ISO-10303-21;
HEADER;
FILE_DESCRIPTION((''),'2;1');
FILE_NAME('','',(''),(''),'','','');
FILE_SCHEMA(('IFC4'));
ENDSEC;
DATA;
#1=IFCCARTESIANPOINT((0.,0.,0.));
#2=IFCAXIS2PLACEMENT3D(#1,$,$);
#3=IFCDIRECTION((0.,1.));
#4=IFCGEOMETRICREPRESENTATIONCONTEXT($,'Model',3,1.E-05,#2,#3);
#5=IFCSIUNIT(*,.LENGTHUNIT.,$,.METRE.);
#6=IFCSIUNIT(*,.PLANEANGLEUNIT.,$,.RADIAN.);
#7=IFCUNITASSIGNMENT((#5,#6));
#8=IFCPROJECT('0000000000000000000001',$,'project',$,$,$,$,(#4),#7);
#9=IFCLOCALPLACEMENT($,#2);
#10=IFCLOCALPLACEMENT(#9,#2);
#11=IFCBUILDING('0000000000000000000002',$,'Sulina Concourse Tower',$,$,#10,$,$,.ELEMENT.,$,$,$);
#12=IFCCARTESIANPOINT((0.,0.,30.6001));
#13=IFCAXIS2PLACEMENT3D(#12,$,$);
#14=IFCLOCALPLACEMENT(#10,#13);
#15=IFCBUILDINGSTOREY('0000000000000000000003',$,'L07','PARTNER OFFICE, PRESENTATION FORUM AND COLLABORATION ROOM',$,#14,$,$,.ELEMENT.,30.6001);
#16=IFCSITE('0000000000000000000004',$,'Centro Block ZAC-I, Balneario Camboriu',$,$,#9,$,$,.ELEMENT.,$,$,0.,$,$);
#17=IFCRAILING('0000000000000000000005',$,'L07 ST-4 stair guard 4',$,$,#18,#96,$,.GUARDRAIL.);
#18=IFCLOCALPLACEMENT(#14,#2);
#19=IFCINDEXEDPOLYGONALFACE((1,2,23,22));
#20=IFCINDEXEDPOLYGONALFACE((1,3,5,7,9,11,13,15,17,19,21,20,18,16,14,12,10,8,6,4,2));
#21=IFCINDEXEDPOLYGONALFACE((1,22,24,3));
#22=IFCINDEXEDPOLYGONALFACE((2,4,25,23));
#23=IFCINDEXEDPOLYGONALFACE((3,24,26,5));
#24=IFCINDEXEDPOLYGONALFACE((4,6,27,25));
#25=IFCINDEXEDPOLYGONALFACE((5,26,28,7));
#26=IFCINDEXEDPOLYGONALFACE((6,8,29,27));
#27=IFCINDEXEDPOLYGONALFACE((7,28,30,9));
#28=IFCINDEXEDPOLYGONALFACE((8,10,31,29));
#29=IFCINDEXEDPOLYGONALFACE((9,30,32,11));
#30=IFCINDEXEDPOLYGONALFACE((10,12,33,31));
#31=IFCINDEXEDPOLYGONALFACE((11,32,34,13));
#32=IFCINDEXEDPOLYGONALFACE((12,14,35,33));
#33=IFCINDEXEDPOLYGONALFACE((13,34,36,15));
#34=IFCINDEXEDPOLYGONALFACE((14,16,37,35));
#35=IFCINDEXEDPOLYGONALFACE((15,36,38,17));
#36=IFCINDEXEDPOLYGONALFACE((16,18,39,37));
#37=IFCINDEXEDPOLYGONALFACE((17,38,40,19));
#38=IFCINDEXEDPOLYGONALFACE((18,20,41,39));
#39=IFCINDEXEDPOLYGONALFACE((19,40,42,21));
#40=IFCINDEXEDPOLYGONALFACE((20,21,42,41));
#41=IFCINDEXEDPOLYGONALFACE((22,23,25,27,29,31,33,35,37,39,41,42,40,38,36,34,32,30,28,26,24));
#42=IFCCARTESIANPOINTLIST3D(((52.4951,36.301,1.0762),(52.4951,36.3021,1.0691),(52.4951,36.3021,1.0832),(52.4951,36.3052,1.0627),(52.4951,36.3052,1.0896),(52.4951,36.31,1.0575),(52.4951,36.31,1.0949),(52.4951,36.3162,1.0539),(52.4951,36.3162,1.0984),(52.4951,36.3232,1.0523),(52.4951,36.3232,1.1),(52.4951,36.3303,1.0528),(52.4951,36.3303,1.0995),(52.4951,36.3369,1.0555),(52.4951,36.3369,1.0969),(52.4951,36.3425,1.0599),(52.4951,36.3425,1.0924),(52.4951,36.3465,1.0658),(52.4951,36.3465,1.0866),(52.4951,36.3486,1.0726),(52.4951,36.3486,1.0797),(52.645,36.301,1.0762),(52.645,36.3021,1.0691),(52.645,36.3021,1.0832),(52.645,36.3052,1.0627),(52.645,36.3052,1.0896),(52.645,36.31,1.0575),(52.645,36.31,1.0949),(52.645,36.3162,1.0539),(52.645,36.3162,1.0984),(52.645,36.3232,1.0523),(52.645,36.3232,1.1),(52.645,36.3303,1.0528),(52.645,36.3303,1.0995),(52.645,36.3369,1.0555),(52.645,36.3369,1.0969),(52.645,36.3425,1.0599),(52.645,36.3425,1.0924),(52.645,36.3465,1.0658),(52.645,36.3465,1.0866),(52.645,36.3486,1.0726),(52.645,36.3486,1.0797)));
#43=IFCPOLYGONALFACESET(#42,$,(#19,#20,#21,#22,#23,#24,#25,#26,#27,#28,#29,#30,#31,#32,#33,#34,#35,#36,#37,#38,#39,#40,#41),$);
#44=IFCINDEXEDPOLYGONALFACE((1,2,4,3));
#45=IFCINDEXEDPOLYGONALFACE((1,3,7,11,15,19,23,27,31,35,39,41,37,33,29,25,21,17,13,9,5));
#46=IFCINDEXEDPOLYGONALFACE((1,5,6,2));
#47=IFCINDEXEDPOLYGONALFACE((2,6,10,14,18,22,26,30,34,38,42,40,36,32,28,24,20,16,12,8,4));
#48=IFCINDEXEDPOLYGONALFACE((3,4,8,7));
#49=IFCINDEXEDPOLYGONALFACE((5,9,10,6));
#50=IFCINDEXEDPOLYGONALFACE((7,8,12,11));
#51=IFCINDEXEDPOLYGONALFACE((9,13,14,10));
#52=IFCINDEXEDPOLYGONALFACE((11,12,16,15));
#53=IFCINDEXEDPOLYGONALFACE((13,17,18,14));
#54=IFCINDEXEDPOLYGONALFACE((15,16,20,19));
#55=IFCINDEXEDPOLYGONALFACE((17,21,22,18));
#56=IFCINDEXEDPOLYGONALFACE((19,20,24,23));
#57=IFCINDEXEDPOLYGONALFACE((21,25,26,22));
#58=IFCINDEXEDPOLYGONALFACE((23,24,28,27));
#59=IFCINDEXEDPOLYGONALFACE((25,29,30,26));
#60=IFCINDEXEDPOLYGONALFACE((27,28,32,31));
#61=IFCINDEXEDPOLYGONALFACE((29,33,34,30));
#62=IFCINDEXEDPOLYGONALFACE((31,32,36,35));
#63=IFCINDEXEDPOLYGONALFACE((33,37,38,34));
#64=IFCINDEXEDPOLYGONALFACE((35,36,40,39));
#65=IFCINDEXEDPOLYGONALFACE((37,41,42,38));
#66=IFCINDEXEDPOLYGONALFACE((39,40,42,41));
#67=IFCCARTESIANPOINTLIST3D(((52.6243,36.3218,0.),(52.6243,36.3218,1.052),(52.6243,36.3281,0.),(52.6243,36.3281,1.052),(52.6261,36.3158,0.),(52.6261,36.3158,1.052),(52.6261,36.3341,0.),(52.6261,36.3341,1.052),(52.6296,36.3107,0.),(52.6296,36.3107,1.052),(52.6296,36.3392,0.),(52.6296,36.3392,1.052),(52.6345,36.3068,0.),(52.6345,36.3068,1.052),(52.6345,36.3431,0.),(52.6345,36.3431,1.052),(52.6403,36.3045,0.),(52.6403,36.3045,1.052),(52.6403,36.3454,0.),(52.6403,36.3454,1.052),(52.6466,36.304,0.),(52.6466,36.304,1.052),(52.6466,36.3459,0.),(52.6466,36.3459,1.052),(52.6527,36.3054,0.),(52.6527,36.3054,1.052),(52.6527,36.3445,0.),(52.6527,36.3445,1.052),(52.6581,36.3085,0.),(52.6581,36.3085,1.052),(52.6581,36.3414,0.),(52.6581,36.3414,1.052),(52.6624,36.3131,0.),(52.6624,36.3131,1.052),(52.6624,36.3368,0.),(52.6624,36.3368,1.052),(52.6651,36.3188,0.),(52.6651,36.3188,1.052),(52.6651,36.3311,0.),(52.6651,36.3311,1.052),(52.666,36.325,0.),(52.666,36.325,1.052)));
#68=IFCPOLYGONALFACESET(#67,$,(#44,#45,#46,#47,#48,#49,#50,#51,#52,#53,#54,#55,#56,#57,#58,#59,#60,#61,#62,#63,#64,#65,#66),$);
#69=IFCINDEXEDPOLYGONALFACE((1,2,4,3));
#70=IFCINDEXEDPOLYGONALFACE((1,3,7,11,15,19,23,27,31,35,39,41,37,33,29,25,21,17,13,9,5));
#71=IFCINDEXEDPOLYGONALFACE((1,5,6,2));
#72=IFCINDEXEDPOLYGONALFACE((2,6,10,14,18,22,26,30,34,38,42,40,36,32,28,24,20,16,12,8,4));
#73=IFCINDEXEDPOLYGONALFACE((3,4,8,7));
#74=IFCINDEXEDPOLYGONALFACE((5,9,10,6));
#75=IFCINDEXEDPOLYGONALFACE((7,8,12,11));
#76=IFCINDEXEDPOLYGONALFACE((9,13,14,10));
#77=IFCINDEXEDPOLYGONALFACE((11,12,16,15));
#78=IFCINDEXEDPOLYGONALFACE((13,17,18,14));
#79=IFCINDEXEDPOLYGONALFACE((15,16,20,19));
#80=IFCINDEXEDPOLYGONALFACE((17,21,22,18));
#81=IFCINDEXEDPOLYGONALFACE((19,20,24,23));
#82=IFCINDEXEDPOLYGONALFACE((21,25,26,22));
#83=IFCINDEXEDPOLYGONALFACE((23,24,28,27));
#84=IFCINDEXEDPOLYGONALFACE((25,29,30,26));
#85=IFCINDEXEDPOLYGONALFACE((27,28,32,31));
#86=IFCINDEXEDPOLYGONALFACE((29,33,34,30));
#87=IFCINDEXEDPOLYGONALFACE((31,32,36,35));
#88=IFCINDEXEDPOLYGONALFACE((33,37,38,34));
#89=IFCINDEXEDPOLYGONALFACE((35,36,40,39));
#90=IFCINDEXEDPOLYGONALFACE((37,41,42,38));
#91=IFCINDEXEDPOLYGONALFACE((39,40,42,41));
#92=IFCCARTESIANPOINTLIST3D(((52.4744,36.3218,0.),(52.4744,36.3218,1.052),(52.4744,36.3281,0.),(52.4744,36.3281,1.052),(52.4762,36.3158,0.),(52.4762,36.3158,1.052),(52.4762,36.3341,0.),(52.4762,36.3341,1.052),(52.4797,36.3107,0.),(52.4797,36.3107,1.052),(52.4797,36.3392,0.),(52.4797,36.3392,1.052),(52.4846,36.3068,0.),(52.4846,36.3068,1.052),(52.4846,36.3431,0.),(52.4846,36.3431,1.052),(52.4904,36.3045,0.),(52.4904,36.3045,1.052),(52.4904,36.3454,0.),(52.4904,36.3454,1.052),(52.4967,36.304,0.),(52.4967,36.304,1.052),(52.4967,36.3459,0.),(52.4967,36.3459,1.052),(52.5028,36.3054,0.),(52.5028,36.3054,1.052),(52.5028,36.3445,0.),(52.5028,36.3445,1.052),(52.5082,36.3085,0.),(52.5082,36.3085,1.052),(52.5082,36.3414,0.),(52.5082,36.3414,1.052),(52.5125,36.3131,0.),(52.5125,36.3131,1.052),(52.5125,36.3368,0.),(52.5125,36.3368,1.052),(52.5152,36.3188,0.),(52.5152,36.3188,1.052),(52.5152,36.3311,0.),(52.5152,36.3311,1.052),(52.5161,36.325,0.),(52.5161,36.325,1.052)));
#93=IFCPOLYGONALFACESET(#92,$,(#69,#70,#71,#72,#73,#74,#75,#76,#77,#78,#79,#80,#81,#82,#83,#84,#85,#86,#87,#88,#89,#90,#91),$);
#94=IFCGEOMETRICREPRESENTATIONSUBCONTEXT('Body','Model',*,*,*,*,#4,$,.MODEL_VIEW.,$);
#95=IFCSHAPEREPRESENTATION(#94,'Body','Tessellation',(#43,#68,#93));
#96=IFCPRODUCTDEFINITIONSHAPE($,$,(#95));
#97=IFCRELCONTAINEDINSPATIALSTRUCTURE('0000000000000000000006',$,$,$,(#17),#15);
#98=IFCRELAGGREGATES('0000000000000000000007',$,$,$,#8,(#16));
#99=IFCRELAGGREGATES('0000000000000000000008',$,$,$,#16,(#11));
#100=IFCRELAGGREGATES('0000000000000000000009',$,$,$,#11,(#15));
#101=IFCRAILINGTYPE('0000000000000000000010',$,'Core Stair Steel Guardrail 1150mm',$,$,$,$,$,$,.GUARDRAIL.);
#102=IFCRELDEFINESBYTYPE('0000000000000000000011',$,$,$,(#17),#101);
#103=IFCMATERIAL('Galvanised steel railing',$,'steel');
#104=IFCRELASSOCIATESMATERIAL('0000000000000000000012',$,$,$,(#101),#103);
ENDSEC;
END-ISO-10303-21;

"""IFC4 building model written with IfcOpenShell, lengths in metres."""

from ifc_helpers import new_model, si_unit, direction, frame, origin, origin_2d, place, context, subcontext, project, spatial, circle, extrude, material, type_object, element, save


model = new_model("IFC4")

# Units and contexts
model_context = context("Model", 3, precision=1e-05, world=origin(), true_north=direction((0.0, 1.0)))
body_context = subcontext(model_context, "Body", "Model", "MODEL_VIEW")
ifc_project = project(units=[si_unit("LENGTHUNIT", "METRE"), si_unit("PLANEANGLEUNIT", "RADIAN")], contexts=[model_context])

# Site, building, storey
site_placement = place(None, origin())
site = spatial("IfcSite", under=ifc_project, at=site_placement, Name="Centro Block ZAC-I, Balneario Camboriu", CompositionType="ELEMENT", RefElevation=0.0)
building_placement = place(site_placement, origin())
building = spatial("IfcBuilding", under=site, at=building_placement, Name="Sulina Concourse Tower", CompositionType="ELEMENT")
storey_placement = place(building_placement, frame((0.0, 0.0, 30.6001)))
storey = spatial("IfcBuildingStorey", under=building, at=storey_placement, Name="L07", Description="PARTNER OFFICE, PRESENTATION FORUM AND COLLABORATION ROOM", CompositionType="ELEMENT", Elevation=30.6001)

# Railing
ifc_material_1 = material(Name="Galvanised steel railing", Category="steel")
railing_type_1 = type_object("IfcRailingType", Name="Core Stair Steel Guardrail 1150mm", PredefinedType="GUARDRAIL", material=ifc_material_1)
railing_1_placement = place(storey_placement, frame((52.645, 36.325, 0.0)))
element("IfcRailing", 1, at=railing_1_placement, inside=storey, type_object=railing_type_1, Name="L07 ST-4 stair guard 4", PredefinedType="GUARDRAIL", context=body_context, shape_type="SweptSolid", body=[
    extrude(circle(Radius=0.0239, at=origin_2d()), frame((0.0, 0.0, 1.0762), z_axis=(-1.0, 0.0, 0.0), x_axis=(0.0, -1.0, 0.0)), (0.0, 0.0, 1.0), 0.1499),
    extrude(circle(Radius=0.021, at=origin_2d()), origin(), (0.0, 0.0, 1.0), 1.052),
    extrude(circle(Radius=0.021, at=origin_2d()), frame((-0.1499, 0.0, 0.0)), (0.0, 0.0, 1.0), 1.052),
])

save(model, "model.ifc")
